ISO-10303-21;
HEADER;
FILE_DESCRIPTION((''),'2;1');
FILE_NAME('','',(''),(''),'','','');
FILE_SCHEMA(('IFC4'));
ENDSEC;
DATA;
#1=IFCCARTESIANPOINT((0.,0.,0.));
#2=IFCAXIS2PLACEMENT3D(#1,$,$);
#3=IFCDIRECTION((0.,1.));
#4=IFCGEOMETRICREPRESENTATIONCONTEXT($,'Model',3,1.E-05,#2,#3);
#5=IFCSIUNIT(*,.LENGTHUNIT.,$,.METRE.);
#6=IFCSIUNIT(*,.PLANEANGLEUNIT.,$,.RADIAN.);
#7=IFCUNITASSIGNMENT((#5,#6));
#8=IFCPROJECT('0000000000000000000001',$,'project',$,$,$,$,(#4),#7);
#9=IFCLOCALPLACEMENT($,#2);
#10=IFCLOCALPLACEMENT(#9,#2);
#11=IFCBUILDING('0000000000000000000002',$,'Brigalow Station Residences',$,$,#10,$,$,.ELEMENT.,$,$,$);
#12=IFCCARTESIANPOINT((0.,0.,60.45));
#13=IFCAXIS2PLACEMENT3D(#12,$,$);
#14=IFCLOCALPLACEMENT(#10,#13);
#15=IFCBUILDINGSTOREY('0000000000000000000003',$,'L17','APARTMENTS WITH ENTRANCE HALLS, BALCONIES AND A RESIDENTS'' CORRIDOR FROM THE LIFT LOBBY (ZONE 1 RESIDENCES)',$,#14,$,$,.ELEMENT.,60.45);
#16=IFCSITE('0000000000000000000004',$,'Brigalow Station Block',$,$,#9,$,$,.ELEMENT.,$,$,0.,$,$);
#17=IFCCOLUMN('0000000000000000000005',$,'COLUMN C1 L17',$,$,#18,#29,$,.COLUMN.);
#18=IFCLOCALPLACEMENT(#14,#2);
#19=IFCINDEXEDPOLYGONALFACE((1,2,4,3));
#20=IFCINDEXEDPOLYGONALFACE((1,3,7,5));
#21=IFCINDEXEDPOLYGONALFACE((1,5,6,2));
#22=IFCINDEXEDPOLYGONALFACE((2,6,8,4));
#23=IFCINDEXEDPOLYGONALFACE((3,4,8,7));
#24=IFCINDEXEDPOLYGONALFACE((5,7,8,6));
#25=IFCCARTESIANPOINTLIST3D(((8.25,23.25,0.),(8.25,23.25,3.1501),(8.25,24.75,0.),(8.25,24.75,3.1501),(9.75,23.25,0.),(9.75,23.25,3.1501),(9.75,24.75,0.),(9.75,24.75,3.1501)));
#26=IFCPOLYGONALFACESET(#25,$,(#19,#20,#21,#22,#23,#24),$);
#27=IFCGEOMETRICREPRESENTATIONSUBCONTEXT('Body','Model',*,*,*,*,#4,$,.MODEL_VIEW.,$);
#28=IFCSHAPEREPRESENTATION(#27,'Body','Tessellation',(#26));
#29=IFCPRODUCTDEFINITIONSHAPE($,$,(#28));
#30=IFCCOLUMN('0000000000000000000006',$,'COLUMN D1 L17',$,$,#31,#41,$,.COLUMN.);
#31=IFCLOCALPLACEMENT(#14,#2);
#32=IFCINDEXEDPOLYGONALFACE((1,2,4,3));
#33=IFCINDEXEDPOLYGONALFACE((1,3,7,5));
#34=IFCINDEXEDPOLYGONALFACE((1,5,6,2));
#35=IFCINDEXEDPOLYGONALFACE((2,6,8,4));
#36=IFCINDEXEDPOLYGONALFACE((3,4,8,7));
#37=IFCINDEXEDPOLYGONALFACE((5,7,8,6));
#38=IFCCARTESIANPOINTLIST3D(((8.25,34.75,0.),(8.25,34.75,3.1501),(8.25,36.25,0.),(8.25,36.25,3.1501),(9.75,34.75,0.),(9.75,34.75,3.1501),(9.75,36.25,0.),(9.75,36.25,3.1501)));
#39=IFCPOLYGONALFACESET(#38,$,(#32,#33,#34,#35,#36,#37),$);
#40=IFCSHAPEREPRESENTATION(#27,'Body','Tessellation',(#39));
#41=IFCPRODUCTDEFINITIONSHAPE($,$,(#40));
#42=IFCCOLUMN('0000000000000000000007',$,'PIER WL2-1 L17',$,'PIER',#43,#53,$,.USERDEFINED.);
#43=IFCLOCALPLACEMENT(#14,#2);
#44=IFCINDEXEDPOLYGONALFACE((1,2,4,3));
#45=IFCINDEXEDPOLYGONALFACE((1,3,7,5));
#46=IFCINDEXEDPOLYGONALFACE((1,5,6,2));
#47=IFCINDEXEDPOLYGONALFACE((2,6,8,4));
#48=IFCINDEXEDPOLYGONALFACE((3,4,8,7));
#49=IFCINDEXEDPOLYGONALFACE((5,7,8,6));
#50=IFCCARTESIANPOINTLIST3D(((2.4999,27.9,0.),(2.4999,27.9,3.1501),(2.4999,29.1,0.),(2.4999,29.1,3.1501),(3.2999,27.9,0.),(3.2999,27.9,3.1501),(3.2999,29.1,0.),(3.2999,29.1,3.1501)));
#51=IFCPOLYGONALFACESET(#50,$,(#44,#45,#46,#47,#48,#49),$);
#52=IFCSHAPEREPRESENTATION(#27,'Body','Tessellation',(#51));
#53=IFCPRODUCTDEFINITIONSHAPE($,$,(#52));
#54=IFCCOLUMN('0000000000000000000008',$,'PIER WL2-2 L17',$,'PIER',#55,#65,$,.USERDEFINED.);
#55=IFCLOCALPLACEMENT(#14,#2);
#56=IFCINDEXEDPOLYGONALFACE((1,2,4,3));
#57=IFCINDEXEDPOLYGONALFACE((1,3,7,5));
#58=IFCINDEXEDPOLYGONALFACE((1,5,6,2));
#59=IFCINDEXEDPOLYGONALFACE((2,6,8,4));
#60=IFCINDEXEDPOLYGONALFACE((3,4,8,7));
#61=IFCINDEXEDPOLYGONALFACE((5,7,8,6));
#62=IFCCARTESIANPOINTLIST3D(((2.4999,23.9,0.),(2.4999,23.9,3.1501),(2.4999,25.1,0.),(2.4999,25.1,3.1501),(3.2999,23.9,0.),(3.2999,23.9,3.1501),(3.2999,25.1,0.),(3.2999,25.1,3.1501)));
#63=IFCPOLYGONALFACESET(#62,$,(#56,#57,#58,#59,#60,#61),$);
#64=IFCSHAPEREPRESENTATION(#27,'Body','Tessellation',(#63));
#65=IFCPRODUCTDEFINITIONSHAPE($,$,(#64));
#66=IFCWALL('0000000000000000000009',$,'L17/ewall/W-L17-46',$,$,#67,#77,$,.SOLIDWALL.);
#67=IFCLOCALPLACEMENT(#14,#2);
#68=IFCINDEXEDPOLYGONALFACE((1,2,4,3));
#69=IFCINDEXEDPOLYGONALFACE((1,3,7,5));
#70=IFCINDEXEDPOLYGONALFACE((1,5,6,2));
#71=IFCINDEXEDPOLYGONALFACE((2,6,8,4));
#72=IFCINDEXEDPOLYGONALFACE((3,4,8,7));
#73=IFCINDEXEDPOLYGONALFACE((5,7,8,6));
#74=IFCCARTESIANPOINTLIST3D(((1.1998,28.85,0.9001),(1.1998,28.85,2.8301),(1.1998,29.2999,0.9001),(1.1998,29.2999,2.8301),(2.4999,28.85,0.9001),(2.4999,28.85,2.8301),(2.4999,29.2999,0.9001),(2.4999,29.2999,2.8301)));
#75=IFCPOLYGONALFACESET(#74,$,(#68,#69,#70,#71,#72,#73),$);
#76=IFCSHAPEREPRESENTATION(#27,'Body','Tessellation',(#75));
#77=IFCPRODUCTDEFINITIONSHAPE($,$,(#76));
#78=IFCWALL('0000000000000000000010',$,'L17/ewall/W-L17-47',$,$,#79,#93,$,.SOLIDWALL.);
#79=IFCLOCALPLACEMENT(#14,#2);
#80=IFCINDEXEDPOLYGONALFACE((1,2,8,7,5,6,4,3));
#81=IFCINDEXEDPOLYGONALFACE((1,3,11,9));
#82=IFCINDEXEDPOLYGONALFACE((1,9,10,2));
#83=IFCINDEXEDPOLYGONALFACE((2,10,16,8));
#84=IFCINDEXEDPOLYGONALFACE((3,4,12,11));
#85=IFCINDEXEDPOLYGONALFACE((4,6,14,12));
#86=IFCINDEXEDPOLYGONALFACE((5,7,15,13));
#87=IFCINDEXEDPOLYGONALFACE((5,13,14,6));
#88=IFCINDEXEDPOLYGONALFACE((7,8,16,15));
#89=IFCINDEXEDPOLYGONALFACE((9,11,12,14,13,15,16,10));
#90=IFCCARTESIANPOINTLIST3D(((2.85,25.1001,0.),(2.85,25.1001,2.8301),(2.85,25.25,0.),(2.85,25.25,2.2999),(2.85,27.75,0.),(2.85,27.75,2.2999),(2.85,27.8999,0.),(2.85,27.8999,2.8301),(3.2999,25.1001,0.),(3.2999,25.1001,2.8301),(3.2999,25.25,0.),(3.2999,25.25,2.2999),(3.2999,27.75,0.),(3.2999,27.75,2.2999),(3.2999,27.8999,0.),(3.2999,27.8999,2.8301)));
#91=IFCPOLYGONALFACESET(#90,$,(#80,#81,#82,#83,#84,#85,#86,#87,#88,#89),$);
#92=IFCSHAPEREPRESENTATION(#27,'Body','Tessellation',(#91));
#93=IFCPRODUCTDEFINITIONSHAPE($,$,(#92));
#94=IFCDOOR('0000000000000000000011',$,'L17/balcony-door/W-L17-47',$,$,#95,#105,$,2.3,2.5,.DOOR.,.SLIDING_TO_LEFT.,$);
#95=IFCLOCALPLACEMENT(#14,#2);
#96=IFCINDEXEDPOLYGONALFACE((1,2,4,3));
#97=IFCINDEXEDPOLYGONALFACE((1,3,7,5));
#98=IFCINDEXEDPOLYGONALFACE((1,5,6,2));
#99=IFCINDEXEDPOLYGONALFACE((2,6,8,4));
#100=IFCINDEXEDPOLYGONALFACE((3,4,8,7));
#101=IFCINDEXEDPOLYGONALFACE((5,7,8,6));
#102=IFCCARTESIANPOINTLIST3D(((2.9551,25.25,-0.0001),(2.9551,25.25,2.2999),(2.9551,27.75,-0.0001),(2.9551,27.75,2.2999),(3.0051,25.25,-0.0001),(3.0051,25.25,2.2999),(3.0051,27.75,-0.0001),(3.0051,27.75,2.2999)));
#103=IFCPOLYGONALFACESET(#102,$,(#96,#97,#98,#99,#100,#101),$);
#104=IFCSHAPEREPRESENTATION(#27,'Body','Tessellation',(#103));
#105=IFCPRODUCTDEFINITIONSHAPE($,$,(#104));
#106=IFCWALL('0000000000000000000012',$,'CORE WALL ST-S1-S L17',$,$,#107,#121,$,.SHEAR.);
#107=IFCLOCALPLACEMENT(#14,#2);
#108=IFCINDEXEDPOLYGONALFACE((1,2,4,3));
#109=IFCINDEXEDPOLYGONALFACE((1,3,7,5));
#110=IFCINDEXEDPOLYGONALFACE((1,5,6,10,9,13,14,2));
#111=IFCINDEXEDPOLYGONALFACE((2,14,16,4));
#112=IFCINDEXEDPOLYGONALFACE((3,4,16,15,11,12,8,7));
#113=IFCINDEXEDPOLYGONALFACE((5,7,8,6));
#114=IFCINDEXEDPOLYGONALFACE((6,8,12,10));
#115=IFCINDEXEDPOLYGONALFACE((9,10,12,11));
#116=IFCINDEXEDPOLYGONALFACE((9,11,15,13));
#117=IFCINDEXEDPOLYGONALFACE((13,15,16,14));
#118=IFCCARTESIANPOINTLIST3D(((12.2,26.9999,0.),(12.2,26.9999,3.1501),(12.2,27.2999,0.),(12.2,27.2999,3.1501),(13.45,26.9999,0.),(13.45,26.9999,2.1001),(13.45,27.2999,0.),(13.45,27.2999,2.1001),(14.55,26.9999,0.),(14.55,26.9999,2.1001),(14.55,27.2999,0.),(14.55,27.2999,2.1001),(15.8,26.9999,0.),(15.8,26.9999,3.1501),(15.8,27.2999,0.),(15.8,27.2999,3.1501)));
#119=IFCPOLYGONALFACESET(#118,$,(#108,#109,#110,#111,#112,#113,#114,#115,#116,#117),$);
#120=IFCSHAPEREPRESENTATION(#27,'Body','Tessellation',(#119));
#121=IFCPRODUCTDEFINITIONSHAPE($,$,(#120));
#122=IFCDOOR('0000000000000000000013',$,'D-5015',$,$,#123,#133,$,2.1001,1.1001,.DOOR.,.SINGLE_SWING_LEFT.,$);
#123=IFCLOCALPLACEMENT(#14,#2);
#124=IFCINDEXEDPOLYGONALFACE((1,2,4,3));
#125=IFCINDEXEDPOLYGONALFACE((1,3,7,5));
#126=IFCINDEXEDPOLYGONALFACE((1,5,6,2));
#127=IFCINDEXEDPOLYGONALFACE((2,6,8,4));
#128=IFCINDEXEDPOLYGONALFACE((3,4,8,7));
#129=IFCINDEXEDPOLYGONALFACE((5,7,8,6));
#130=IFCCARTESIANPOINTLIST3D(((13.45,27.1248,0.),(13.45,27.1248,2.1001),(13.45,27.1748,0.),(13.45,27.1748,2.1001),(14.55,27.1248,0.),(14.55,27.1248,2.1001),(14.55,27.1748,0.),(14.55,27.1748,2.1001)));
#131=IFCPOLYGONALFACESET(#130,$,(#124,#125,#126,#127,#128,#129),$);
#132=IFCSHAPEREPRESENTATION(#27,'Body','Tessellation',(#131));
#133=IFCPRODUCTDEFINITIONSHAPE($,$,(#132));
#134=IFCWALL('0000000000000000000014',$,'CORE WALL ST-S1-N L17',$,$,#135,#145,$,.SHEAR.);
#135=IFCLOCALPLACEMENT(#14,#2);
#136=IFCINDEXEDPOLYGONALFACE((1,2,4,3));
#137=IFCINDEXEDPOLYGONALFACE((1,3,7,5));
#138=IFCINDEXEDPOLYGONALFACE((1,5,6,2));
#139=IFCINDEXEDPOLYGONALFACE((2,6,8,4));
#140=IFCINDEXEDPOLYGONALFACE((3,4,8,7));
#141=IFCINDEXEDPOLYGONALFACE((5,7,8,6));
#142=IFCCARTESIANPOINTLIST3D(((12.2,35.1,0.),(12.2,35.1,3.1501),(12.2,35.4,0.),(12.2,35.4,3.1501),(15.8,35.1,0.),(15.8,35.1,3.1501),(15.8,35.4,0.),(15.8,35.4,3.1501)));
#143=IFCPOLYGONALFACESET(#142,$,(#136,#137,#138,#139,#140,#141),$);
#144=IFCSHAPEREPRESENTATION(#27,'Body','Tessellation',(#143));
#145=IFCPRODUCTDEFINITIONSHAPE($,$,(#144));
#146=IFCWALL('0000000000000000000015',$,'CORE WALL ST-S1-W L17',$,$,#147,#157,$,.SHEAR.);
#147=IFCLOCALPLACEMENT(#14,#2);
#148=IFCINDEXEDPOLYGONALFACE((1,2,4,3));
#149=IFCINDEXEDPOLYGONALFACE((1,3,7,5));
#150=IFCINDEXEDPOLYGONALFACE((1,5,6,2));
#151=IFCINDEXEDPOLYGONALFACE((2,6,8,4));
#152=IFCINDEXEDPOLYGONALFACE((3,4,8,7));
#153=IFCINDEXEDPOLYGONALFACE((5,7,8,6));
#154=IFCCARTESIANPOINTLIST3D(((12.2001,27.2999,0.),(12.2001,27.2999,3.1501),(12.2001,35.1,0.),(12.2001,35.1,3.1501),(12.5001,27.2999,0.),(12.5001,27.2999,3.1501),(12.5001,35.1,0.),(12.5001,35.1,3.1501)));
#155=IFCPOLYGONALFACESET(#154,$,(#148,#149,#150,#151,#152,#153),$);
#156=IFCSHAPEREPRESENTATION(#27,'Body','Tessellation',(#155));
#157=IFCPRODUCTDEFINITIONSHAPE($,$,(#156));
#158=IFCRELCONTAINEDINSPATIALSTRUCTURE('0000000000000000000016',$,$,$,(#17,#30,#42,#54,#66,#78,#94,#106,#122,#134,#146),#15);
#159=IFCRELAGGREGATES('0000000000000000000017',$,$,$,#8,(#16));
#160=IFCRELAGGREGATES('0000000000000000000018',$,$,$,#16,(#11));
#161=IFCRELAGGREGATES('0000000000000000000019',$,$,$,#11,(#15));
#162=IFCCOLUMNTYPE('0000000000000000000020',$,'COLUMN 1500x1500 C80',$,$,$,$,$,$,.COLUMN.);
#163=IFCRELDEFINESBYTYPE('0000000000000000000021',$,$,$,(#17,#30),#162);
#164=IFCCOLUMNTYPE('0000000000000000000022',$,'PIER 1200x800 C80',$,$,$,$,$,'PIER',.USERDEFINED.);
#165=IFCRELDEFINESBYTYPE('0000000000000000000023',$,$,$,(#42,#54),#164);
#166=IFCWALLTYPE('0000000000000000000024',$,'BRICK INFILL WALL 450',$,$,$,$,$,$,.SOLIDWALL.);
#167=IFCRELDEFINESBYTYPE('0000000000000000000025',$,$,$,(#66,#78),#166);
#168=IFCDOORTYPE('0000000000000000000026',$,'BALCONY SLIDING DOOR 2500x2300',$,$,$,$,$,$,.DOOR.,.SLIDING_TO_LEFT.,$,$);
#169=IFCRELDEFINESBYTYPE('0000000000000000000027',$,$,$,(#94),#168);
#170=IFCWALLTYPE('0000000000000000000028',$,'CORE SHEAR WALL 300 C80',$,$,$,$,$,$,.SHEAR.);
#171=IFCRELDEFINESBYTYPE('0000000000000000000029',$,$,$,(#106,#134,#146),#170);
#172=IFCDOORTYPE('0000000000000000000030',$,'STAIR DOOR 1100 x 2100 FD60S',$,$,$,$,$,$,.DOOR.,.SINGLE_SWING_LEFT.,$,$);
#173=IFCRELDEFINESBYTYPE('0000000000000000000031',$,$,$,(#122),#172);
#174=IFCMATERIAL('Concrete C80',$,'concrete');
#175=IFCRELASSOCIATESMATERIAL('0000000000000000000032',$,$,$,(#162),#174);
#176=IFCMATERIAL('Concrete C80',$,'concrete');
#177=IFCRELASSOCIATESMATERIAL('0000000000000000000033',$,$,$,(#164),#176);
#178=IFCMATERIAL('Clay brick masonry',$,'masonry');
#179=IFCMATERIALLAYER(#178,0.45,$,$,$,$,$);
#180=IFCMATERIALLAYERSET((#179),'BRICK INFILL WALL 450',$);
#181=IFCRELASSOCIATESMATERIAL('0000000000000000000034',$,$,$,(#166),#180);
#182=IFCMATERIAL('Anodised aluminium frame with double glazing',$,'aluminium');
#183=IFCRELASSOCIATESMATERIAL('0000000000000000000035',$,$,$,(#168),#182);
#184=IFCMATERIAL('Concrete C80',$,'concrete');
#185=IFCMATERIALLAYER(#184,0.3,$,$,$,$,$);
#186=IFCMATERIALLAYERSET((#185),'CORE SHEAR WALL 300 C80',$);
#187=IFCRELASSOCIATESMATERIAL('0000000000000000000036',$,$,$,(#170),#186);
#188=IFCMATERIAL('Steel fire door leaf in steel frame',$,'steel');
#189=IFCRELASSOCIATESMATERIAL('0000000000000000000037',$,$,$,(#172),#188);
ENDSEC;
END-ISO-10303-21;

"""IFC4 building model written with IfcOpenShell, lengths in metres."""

from ifc_helpers import new_model, si_unit, direction, frame, frame_2d, origin, origin_2d, place, context, subcontext, project, spatial, rectangle, extrude, material, layer, layer_set, material_profile, profile_set, type_object, element, fill, save


model = new_model("IFC4")

# Units and contexts
model_context = context("Model", 3, precision=1e-05, world=origin(), true_north=direction((0.0, 1.0)))
body_context = subcontext(model_context, "Body", "Model", "MODEL_VIEW")
ifc_project = project(units=[si_unit("LENGTHUNIT", "METRE"), si_unit("PLANEANGLEUNIT", "RADIAN")], contexts=[model_context])

# Site, building, storey
site_placement = place(None, origin())
site = spatial("IfcSite", under=ifc_project, at=site_placement, Name="Brigalow Station Block", CompositionType="ELEMENT", RefElevation=0.0)
building_placement = place(site_placement, origin())
building = spatial("IfcBuilding", under=site, at=building_placement, Name="Brigalow Station Residences", CompositionType="ELEMENT")
storey_placement = place(building_placement, frame((0.0, 0.0, 60.45)))
storey = spatial("IfcBuildingStorey", under=building, at=storey_placement, Name="L17", Description="APARTMENTS WITH ENTRANCE HALLS, BALCONIES AND A RESIDENTS' CORRIDOR FROM THE LIFT LOBBY (ZONE 1 RESIDENCES)", CompositionType="ELEMENT", Elevation=60.45)

# Columns
ifc_material_1 = material(Name="Concrete C80", Category="concrete")
ifc_material_profile_1 = material_profile(ifc_material_1, rectangle(XDim=1.5, YDim=1.5, at=origin_2d()), Name="RC1500x1500")
ifc_profile_set_1 = profile_set([ifc_material_profile_1], Name="Concrete C80")
column_type_1 = type_object("IfcColumnType", Name="COLUMN 1500x1500 C80", PredefinedType="COLUMN", material=ifc_profile_set_1)
for number, where, z_axis, x_axis, name in (
    (1, (9.0, 24.0, 0.0), (0.0, 0.0, 1.0), (1.0, 0.0, 0.0), "COLUMN C1 L17"),
    (2, (9.0, 35.5, 0.0), (0.0, 0.0, 1.0), (1.0, 0.0, 0.0), "COLUMN D1 L17"),
):
    element("IfcColumn", number, at=place(storey_placement, frame(where, z_axis=z_axis, x_axis=x_axis)), inside=storey, type_object=column_type_1, Name=name, PredefinedType="COLUMN", context=body_context, shape_type="SweptSolid", body=[
        extrude(rectangle(XDim=1.5, YDim=1.5, at=origin_2d()), origin(), (0.0, 0.0, 1.0), 3.1501),
    ])
ifc_material_2 = material(Name="Concrete C80", Category="concrete")
ifc_material_profile_2 = material_profile(ifc_material_2, rectangle(XDim=1.2, YDim=0.8, at=origin_2d()), Name="RC1200x800")
ifc_profile_set_2 = profile_set([ifc_material_profile_2], Name="Concrete C80")
column_type_2 = type_object("IfcColumnType", Name="PIER 1200x800 C80", ElementType="PIER", PredefinedType="USERDEFINED", material=ifc_profile_set_2)
for number, where, z_axis, x_axis, name in (
    (3, (2.8999, 28.5, 0.0), (0.0, 0.0, 1.0), (0.0, -1.0, 0.0), "PIER WL2-1 L17"),
    (4, (2.8999, 24.5, 0.0), (0.0, 0.0, 1.0), (0.0, -1.0, 0.0), "PIER WL2-2 L17"),
):
    element("IfcColumn", number, at=place(storey_placement, frame(where, z_axis=z_axis, x_axis=x_axis)), inside=storey, type_object=column_type_2, Name=name, ObjectType="PIER", PredefinedType="USERDEFINED", context=body_context, shape_type="SweptSolid", body=[
        extrude(rectangle(XDim=1.2, YDim=0.8, at=origin_2d()), origin(), (0.0, 0.0, 1.0), 3.1501),
    ])

# Wall
ifc_material_3 = material(Name="Clay brick masonry", Category="masonry")
ifc_layer_1 = layer(ifc_material_3, 0.45)
ifc_layer_set_1 = layer_set([ifc_layer_1], Name="BRICK INFILL WALL 450")
wall_type_1 = type_object("IfcWallType", Name="BRICK INFILL WALL 450", PredefinedType="SOLIDWALL", material=ifc_layer_set_1)
wall_1_placement = place(storey_placement, frame((1.2, 29.075, 0.9001), z_axis=(0.0, 0.0, 1.0), x_axis=(1.0, 0.0, 0.0)))
element("IfcWall", 5, at=wall_1_placement, inside=storey, type_object=wall_type_1, Name="L17/ewall/W-L17-46", PredefinedType="SOLIDWALL", context=body_context, shape_type="SweptSolid", body=[
    extrude(rectangle(XDim=1.3, YDim=0.45, at=frame_2d((0.6499, 0.0))), origin(), (0.0, 0.0, 1.0), 1.9299),
])

# Walls, openings, doors
wall_2_placement = place(storey_placement, frame((3.075, 27.8999, 0.0), z_axis=(0.0, 0.0, 1.0), x_axis=(0.0, -1.0, 0.0)))
wall_2 = element("IfcWall", 6, at=wall_2_placement, inside=storey, type_object=wall_type_1, Name="L17/ewall/W-L17-47", PredefinedType="SOLIDWALL", context=body_context, shape_type="SweptSolid", body=[
    extrude(rectangle(XDim=2.7998, YDim=0.45, at=frame_2d((1.3999, 0.0))), origin(), (0.0, 0.0, 1.0), 2.8301),
])
opening_1_placement = place(wall_2_placement, frame((0.1499, 0.0, 0.0)))
opening_1 = element("IfcOpeningElement", 7, at=opening_1_placement, cuts=wall_2, PredefinedType="OPENING", context=body_context, shape_type="SweptSolid", body=[
    extrude(rectangle(XDim=2.5, YDim=2.3, at=frame_2d((1.25, 1.1499))), frame((0.0, 0.2349, 0.0), z_axis=(0.0, -1.0, 0.0), x_axis=(1.0, 0.0, 0.0)), (0.0, 0.0, 1.0), 0.47),
])
ifc_material_4 = material(Name="Anodised aluminium frame with double glazing", Category="aluminium")
door_type_1 = type_object("IfcDoorType", Name="BALCONY SLIDING DOOR 2500x2300", OperationType="SLIDING_TO_LEFT", PredefinedType="DOOR", material=ifc_material_4)
door_1_placement = place(opening_1_placement, origin())
door_1 = element("IfcDoor", 8, at=door_1_placement, inside=storey, type_object=door_type_1, Name="L17/balcony-door/W-L17-47", OperationType="SLIDING_TO_LEFT", OverallHeight=2.3, OverallWidth=2.5, PredefinedType="DOOR", context=body_context, shape_type="SweptSolid", body=[
    extrude(rectangle(XDim=2.5, YDim=2.3, at=frame_2d((1.25, 1.1499))), frame((0.0, -0.0698, 0.0), z_axis=(0.0, -1.0, 0.0), x_axis=(1.0, 0.0, 0.0)), (0.0, 0.0, 1.0), 0.05),
])
fill(opening_1, door_1)
ifc_material_5 = material(Name="Concrete C80", Category="concrete")
ifc_layer_2 = layer(ifc_material_5, 0.3)
ifc_layer_set_2 = layer_set([ifc_layer_2], Name="CORE SHEAR WALL 300 C80")
wall_type_2 = type_object("IfcWallType", Name="CORE SHEAR WALL 300 C80", PredefinedType="SHEAR", material=ifc_layer_set_2)
wall_3_placement = place(storey_placement, frame((12.2, 27.1499, 0.0), z_axis=(0.0, 0.0, 1.0), x_axis=(1.0, 0.0, 0.0)))
wall_3 = element("IfcWall", 9, at=wall_3_placement, inside=storey, type_object=wall_type_2, Name="CORE WALL ST-S1-S L17", PredefinedType="SHEAR", context=body_context, shape_type="SweptSolid", body=[
    extrude(rectangle(XDim=3.6001, YDim=0.3, at=frame_2d((1.8, 0.0))), origin(), (0.0, 0.0, 1.0), 3.1501),
])
opening_2_placement = place(wall_3_placement, frame((1.25, 0.0, 0.0)))
opening_2 = element("IfcOpeningElement", 10, at=opening_2_placement, cuts=wall_3, PredefinedType="OPENING", context=body_context, shape_type="SweptSolid", body=[
    extrude(rectangle(XDim=1.1001, YDim=2.1001, at=frame_2d((0.55, 1.05))), frame((0.0, 0.1602, 0.0), z_axis=(0.0, -1.0, 0.0), x_axis=(1.0, 0.0, 0.0)), (0.0, 0.0, 1.0), 0.3201),
])
ifc_material_6 = material(Name="Steel fire door leaf in steel frame", Category="steel")
door_type_2 = type_object("IfcDoorType", Name="STAIR DOOR 1100 x 2100 FD60S", OperationType="SINGLE_SWING_LEFT", PredefinedType="DOOR", material=ifc_material_6)
door_2_placement = place(opening_2_placement, origin())
door_2 = element("IfcDoor", 11, at=door_2_placement, inside=storey, type_object=door_type_2, Name="D-5015", OperationType="SINGLE_SWING_LEFT", OverallHeight=2.1001, OverallWidth=1.1001, PredefinedType="DOOR", context=body_context, shape_type="SweptSolid", body=[
    extrude(rectangle(XDim=1.1001, YDim=2.1001, at=frame_2d((0.55, 1.05))), frame((0.0, 0.0249, 0.0), z_axis=(0.0, -1.0, 0.0), x_axis=(1.0, 0.0, 0.0)), (0.0, 0.0, 1.0), 0.05),
])
fill(opening_2, door_2)

# Walls
wall_4_placement = place(storey_placement, frame((12.2, 35.25, 0.0), z_axis=(0.0, 0.0, 1.0), x_axis=(1.0, 0.0, 0.0)))
element("IfcWall", 12, at=wall_4_placement, inside=storey, type_object=wall_type_2, Name="CORE WALL ST-S1-N L17", PredefinedType="SHEAR", context=body_context, shape_type="SweptSolid", body=[
    extrude(rectangle(XDim=3.6001, YDim=0.3, at=frame_2d((1.8, 0.0))), origin(), (0.0, 0.0, 1.0), 3.1501),
])
wall_5_placement = place(storey_placement, frame((12.3501, 27.3, 0.0), z_axis=(0.0, 0.0, 1.0), x_axis=(0.0, 1.0, 0.0)))
element("IfcWall", 13, at=wall_5_placement, inside=storey, type_object=wall_type_2, Name="CORE WALL ST-S1-W L17", PredefinedType="SHEAR", context=body_context, shape_type="SweptSolid", body=[
    extrude(rectangle(XDim=7.8, YDim=0.3, at=frame_2d((3.8999, 0.0))), origin(), (0.0, 0.0, 1.0), 3.1501),
])

save(model, "model.ifc")
